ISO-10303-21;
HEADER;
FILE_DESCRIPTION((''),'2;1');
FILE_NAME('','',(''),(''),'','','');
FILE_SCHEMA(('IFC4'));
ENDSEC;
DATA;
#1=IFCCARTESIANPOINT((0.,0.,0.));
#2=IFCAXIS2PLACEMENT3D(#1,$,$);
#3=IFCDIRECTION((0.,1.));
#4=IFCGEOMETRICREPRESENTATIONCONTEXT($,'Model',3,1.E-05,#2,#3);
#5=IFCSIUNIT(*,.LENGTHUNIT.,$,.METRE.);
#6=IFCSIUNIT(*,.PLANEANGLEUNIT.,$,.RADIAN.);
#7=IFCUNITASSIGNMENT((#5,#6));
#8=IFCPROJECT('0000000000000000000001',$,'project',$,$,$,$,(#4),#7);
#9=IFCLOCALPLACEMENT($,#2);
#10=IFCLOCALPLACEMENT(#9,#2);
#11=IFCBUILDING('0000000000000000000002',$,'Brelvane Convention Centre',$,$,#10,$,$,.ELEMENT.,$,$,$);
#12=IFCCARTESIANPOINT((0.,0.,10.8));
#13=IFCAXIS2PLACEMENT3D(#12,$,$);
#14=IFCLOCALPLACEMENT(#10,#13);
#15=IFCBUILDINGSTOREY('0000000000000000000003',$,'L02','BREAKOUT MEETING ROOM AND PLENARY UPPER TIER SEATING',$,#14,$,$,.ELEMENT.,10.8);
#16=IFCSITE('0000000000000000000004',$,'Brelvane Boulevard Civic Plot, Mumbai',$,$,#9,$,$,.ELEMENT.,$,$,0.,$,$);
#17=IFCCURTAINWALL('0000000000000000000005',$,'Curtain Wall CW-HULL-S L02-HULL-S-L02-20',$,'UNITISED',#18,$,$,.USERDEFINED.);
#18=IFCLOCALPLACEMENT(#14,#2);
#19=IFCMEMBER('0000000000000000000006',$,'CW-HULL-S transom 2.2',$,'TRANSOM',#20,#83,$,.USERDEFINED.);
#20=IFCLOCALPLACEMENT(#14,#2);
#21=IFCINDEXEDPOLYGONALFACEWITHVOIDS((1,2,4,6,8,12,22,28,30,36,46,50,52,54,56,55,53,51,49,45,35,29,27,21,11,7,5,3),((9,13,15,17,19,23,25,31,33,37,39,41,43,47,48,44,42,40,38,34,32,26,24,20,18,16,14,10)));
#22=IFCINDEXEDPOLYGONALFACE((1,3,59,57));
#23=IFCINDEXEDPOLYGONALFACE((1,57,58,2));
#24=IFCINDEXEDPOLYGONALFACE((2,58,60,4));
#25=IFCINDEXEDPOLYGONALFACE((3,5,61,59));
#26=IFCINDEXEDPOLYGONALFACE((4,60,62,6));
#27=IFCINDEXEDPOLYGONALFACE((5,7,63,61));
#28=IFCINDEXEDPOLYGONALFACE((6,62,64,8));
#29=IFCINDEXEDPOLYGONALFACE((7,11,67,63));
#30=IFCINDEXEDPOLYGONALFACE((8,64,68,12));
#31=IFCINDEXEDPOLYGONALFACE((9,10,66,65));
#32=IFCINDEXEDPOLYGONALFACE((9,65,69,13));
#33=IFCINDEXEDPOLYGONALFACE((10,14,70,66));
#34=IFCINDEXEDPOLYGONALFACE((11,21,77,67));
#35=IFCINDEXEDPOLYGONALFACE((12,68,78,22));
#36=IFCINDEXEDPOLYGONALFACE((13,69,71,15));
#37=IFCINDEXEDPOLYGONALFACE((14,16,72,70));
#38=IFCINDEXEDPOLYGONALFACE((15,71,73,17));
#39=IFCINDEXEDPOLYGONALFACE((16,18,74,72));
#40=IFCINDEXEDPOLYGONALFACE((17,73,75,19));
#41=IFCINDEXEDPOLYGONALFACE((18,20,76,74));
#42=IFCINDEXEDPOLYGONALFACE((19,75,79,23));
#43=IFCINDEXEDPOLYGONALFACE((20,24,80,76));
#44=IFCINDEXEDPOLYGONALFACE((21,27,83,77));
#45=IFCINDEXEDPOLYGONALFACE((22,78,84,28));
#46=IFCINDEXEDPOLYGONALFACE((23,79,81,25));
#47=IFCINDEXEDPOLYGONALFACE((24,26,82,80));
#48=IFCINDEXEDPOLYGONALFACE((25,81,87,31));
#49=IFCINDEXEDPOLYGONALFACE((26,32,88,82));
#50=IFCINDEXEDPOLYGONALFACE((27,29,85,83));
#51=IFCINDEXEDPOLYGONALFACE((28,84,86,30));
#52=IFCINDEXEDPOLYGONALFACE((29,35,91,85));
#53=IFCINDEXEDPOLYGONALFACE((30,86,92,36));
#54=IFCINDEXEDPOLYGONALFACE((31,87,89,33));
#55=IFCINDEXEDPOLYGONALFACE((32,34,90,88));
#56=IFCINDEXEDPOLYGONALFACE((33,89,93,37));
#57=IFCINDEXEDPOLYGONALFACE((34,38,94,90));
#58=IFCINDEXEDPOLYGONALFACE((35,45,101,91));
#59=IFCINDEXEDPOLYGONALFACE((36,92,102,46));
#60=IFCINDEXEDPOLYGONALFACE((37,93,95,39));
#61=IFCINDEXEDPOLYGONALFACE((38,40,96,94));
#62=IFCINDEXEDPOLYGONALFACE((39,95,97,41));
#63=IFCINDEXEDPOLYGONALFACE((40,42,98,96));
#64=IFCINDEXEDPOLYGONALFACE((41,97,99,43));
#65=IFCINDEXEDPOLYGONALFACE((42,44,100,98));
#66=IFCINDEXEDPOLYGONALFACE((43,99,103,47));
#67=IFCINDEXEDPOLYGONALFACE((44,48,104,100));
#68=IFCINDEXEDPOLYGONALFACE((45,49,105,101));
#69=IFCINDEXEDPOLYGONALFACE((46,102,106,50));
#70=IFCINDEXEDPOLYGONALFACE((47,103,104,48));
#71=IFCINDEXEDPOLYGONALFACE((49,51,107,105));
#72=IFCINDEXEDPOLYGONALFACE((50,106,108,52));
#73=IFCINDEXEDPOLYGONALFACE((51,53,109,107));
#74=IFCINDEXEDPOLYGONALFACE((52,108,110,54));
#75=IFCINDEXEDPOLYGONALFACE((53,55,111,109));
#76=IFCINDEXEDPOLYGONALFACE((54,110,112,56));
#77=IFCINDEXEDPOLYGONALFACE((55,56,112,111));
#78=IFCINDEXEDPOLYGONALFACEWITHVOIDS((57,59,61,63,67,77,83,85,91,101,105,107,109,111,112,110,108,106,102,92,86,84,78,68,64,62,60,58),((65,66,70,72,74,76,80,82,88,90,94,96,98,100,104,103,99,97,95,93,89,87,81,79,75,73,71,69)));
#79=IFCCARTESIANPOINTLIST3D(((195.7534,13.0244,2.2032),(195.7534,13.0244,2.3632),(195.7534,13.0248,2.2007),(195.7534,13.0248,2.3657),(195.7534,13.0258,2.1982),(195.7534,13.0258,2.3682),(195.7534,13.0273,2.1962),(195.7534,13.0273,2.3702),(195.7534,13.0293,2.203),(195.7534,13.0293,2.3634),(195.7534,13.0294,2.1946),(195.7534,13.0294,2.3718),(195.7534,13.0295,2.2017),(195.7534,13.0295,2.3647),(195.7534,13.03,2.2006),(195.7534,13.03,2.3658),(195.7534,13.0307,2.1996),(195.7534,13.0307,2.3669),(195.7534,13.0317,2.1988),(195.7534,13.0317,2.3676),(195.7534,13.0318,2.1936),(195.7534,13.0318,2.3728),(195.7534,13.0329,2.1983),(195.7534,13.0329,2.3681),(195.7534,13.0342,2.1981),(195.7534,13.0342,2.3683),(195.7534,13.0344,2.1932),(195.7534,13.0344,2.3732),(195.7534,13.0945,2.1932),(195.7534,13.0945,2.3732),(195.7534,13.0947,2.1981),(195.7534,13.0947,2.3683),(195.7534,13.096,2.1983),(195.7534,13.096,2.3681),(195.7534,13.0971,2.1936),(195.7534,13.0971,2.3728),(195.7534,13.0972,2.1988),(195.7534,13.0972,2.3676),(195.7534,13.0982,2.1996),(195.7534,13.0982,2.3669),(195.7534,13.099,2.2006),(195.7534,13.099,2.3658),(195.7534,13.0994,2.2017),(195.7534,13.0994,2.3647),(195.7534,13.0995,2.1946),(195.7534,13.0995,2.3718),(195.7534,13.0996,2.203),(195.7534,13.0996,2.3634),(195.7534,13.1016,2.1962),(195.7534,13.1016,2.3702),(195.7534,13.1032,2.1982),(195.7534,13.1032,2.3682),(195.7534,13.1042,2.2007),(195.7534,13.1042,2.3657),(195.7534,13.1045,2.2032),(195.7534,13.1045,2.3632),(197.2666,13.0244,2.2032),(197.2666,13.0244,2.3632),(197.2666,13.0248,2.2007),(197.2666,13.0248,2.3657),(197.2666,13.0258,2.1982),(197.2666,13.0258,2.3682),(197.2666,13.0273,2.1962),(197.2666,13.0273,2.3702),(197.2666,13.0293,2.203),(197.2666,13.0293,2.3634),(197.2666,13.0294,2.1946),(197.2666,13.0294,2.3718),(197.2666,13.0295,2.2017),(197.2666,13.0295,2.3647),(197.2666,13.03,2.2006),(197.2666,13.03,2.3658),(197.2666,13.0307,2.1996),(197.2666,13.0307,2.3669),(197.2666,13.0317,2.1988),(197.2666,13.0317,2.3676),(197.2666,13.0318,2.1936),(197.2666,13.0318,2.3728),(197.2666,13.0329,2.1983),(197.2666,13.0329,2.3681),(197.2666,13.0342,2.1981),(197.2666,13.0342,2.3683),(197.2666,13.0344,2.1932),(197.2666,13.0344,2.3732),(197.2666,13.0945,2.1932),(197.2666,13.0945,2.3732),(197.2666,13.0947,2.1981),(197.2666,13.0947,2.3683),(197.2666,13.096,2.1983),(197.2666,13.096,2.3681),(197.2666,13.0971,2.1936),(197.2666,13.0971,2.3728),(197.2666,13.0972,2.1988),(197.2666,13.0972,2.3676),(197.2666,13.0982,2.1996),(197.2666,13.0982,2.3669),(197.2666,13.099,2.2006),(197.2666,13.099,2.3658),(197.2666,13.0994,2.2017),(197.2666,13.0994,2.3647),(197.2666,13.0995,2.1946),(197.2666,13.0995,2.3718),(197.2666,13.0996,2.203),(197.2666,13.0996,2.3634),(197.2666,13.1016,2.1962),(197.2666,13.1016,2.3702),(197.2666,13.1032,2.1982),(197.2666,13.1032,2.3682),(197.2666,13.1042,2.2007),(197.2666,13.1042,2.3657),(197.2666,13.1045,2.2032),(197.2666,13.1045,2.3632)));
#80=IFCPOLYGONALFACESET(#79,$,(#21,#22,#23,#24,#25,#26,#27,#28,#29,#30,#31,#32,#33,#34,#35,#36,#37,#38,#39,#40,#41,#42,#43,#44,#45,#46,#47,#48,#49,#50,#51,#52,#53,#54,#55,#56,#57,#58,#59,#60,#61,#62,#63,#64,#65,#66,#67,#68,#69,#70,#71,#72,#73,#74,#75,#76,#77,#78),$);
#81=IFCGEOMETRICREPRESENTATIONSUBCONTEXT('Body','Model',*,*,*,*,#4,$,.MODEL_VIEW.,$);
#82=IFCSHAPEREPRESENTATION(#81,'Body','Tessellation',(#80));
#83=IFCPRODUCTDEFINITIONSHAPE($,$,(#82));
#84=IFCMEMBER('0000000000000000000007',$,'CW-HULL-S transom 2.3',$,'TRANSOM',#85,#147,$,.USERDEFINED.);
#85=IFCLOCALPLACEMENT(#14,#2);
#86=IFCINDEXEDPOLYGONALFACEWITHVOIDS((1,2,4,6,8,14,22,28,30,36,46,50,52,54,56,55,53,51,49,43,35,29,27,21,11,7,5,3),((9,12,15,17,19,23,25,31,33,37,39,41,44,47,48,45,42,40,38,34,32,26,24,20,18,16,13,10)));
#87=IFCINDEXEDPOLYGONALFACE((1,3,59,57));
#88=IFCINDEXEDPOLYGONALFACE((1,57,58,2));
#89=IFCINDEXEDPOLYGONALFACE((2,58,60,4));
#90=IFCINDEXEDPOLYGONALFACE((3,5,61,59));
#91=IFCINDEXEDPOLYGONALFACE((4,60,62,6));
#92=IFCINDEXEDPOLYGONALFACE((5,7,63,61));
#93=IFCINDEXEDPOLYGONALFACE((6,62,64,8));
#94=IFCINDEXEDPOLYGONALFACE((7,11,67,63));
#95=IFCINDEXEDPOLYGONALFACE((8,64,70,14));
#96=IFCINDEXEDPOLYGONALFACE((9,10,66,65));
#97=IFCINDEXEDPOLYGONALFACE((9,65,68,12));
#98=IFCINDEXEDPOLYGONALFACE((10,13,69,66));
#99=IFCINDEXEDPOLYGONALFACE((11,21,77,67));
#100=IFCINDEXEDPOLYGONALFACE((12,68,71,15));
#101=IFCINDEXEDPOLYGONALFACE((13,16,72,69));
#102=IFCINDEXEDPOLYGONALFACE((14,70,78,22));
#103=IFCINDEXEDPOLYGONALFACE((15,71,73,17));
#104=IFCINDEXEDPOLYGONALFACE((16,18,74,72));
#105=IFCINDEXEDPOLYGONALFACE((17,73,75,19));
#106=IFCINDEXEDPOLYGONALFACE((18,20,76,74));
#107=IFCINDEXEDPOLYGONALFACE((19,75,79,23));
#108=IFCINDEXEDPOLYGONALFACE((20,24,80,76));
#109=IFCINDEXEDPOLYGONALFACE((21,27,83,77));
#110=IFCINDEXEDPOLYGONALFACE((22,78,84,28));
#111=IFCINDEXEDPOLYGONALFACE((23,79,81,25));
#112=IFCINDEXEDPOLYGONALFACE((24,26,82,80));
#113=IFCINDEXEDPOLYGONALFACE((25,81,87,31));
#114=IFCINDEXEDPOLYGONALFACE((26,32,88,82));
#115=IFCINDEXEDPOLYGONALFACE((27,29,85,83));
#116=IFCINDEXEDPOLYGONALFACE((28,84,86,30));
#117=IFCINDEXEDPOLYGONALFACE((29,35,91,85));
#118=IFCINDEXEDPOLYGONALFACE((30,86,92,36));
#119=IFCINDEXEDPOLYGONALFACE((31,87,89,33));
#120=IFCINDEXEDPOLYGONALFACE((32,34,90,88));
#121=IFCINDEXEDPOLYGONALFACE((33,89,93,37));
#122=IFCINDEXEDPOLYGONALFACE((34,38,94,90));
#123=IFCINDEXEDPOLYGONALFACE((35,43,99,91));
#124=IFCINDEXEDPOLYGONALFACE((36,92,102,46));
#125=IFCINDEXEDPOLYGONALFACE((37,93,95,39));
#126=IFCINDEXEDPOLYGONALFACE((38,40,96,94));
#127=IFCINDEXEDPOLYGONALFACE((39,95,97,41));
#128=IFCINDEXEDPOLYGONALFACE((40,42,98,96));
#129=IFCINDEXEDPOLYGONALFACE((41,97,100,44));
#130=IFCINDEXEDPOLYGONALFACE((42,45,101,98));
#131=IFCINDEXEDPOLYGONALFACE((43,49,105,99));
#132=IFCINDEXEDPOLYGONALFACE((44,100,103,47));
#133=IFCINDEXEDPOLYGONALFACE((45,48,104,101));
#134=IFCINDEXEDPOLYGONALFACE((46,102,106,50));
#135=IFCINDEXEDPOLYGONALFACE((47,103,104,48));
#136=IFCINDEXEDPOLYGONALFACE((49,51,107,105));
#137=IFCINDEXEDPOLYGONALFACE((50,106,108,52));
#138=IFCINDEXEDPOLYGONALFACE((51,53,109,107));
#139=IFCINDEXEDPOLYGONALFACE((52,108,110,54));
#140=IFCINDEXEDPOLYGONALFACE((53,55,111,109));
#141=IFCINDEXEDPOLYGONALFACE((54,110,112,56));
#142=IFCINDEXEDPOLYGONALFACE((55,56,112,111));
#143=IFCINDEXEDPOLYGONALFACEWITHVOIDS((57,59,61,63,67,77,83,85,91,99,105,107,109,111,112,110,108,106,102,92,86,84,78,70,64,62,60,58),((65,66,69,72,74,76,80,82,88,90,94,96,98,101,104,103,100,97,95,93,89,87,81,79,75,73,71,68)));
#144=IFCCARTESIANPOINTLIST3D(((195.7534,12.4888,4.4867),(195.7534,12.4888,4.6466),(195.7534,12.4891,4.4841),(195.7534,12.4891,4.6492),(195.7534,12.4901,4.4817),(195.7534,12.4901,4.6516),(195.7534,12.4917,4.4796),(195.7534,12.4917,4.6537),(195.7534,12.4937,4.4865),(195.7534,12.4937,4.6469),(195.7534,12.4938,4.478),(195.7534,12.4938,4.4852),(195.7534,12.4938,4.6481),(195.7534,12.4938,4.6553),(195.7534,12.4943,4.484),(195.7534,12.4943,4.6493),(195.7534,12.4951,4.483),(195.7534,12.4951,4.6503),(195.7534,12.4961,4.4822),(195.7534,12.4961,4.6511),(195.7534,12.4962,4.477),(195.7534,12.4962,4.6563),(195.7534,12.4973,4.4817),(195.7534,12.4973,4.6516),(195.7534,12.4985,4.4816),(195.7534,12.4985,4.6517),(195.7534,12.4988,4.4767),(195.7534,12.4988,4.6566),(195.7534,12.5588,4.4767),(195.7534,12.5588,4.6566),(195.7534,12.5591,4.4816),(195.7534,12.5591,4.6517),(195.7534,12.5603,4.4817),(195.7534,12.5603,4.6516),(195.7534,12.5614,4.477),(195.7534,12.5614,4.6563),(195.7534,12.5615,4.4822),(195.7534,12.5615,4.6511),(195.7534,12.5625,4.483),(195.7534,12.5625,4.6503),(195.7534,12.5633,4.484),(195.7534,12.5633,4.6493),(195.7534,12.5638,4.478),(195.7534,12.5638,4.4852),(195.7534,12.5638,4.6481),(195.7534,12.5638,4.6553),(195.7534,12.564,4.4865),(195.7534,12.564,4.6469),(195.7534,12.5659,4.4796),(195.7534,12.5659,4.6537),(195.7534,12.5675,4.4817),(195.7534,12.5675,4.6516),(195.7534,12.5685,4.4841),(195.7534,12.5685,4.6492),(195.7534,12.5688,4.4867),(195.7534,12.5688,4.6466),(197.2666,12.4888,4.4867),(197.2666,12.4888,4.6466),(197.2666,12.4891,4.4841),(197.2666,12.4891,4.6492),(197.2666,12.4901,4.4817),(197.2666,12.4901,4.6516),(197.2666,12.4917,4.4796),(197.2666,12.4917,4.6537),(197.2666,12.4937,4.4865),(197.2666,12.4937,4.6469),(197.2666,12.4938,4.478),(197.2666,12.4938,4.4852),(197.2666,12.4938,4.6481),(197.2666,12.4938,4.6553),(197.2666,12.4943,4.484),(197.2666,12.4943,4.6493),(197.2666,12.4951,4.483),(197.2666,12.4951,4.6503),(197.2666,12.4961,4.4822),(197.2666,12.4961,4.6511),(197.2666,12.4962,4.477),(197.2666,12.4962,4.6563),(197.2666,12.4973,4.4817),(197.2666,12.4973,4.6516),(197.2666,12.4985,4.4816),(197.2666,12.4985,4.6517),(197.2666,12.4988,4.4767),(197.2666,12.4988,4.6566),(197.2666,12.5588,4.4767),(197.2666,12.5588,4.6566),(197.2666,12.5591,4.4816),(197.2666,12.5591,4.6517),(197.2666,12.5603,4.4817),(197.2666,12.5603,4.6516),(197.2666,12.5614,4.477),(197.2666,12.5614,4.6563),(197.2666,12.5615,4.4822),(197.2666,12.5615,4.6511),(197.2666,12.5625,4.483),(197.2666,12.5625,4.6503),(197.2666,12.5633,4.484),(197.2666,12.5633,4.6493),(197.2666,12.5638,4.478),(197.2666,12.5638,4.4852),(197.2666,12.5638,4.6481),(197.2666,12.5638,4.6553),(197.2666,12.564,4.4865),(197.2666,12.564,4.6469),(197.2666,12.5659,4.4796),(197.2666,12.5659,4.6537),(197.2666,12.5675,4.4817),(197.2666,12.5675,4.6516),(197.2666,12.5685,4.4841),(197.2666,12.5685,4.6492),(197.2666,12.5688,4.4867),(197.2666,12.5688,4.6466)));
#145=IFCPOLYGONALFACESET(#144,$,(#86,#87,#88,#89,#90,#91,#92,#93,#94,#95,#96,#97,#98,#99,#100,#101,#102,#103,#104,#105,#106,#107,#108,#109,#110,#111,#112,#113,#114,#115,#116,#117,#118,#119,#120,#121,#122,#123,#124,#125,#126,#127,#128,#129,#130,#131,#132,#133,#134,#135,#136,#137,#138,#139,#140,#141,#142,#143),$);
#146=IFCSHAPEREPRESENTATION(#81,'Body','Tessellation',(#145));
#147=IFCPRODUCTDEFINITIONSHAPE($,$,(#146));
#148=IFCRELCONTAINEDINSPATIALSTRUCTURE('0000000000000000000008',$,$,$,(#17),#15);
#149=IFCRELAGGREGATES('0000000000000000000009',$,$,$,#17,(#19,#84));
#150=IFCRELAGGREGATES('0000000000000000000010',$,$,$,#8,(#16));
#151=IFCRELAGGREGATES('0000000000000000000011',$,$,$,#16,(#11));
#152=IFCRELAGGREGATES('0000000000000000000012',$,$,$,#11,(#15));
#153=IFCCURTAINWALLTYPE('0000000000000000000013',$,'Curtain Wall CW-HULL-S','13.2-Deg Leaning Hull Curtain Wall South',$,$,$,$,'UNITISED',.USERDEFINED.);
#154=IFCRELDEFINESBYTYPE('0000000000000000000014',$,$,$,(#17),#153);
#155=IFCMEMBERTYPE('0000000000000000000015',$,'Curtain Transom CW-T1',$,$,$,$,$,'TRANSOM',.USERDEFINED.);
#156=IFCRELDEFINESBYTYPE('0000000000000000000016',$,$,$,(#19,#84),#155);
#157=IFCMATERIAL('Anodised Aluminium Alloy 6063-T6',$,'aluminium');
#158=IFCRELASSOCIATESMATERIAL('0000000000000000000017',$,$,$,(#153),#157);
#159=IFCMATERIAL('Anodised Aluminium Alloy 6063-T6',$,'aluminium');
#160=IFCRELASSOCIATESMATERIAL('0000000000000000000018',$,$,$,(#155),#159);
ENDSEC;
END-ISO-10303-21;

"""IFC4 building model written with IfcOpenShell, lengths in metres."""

from ifc_helpers import new_model, si_unit, direction, frame, origin, origin_2d, place, context, subcontext, project, spatial, hollow_rectangle, extrude, material, material_profile, profile_set, type_object, element, aggregate, save


model = new_model("IFC4")

# Units and contexts
model_context = context("Model", 3, precision=1e-05, world=origin(), true_north=direction((0.0, 1.0)))
body_context = subcontext(model_context, "Body", "Model", "MODEL_VIEW")
ifc_project = project(units=[si_unit("LENGTHUNIT", "METRE"), si_unit("PLANEANGLEUNIT", "RADIAN")], contexts=[model_context])

# Site, building, storey
site_placement = place(None, origin())
site = spatial("IfcSite", under=ifc_project, at=site_placement, Name="Brelvane Boulevard Civic Plot, Mumbai", CompositionType="ELEMENT", RefElevation=0.0)
building_placement = place(site_placement, origin())
building = spatial("IfcBuilding", under=site, at=building_placement, Name="Brelvane Convention Centre", CompositionType="ELEMENT")
storey_placement = place(building_placement, frame((0.0, 0.0, 10.8)))
storey = spatial("IfcBuildingStorey", under=building, at=storey_placement, Name="L02", Description="BREAKOUT MEETING ROOM AND PLENARY UPPER TIER SEATING", CompositionType="ELEMENT", Elevation=10.8)

# Curtain wall, members
ifc_material_1 = material(Name="Anodised Aluminium Alloy 6063-T6", Category="aluminium")
curtain_wall_type = type_object("IfcCurtainWallType", Name="Curtain Wall CW-HULL-S", Description="13.2-Deg Leaning Hull Curtain Wall South", ElementType="UNITISED", PredefinedType="USERDEFINED", material=ifc_material_1)
ifc_material_2 = material(Name="Anodised Aluminium Alloy 6063-T6", Category="aluminium")
ifc_material_profile = material_profile(ifc_material_2, hollow_rectangle(XDim=0.0801, YDim=0.1799, WallThickness=0.0049, InnerFilletRadius=0.0049, OuterFilletRadius=0.01, at=origin_2d()), Name="ALU-T 180x80x5.0")
ifc_profile_set = profile_set([ifc_material_profile], Name="Anodised Aluminium Alloy 6063-T6")
member_type = type_object("IfcMemberType", Name="Curtain Transom CW-T1", ElementType="TRANSOM", PredefinedType="USERDEFINED", material=ifc_profile_set)
curtain_wall_1_placement = place(storey_placement, origin())
curtain_wall_1 = element("IfcCurtainWall", 1, at=curtain_wall_1_placement, inside=storey, type_object=curtain_wall_type, Name="Curtain Wall CW-HULL-S L02-HULL-S-L02-20", ObjectType="UNITISED", PredefinedType="USERDEFINED")
member_1_placement = place(storey_placement, frame((195.7534, 13.0645, 2.2832), z_axis=(1.0, 0.0, 0.0), x_axis=(0.0, 1.0, 0.0)))
member_1 = element("IfcMember", 2, at=member_1_placement, type_object=member_type, Name="CW-HULL-S transom 2.2", ObjectType="TRANSOM", PredefinedType="USERDEFINED", context=body_context, shape_type="SweptSolid", body=[
    extrude(hollow_rectangle(XDim=0.0801, YDim=0.1799, WallThickness=0.0049, InnerFilletRadius=0.0049, OuterFilletRadius=0.01, at=origin_2d()), origin(), (0.0, 0.0, 1.0), 1.5132),
])
member_2_placement = place(storey_placement, frame((195.7534, 12.5288, 4.5667), z_axis=(1.0, 0.0, 0.0), x_axis=(0.0, 1.0, 0.0)))
member_2 = element("IfcMember", 3, at=member_2_placement, type_object=member_type, Name="CW-HULL-S transom 2.3", ObjectType="TRANSOM", PredefinedType="USERDEFINED", context=body_context, shape_type="SweptSolid", body=[
    extrude(hollow_rectangle(XDim=0.0801, YDim=0.1799, WallThickness=0.0049, InnerFilletRadius=0.0049, OuterFilletRadius=0.01, at=origin_2d()), origin(), (0.0, 0.0, 1.0), 1.5132),
])

aggregate(curtain_wall_1, [member_1, member_2])

save(model, "model.ifc")
